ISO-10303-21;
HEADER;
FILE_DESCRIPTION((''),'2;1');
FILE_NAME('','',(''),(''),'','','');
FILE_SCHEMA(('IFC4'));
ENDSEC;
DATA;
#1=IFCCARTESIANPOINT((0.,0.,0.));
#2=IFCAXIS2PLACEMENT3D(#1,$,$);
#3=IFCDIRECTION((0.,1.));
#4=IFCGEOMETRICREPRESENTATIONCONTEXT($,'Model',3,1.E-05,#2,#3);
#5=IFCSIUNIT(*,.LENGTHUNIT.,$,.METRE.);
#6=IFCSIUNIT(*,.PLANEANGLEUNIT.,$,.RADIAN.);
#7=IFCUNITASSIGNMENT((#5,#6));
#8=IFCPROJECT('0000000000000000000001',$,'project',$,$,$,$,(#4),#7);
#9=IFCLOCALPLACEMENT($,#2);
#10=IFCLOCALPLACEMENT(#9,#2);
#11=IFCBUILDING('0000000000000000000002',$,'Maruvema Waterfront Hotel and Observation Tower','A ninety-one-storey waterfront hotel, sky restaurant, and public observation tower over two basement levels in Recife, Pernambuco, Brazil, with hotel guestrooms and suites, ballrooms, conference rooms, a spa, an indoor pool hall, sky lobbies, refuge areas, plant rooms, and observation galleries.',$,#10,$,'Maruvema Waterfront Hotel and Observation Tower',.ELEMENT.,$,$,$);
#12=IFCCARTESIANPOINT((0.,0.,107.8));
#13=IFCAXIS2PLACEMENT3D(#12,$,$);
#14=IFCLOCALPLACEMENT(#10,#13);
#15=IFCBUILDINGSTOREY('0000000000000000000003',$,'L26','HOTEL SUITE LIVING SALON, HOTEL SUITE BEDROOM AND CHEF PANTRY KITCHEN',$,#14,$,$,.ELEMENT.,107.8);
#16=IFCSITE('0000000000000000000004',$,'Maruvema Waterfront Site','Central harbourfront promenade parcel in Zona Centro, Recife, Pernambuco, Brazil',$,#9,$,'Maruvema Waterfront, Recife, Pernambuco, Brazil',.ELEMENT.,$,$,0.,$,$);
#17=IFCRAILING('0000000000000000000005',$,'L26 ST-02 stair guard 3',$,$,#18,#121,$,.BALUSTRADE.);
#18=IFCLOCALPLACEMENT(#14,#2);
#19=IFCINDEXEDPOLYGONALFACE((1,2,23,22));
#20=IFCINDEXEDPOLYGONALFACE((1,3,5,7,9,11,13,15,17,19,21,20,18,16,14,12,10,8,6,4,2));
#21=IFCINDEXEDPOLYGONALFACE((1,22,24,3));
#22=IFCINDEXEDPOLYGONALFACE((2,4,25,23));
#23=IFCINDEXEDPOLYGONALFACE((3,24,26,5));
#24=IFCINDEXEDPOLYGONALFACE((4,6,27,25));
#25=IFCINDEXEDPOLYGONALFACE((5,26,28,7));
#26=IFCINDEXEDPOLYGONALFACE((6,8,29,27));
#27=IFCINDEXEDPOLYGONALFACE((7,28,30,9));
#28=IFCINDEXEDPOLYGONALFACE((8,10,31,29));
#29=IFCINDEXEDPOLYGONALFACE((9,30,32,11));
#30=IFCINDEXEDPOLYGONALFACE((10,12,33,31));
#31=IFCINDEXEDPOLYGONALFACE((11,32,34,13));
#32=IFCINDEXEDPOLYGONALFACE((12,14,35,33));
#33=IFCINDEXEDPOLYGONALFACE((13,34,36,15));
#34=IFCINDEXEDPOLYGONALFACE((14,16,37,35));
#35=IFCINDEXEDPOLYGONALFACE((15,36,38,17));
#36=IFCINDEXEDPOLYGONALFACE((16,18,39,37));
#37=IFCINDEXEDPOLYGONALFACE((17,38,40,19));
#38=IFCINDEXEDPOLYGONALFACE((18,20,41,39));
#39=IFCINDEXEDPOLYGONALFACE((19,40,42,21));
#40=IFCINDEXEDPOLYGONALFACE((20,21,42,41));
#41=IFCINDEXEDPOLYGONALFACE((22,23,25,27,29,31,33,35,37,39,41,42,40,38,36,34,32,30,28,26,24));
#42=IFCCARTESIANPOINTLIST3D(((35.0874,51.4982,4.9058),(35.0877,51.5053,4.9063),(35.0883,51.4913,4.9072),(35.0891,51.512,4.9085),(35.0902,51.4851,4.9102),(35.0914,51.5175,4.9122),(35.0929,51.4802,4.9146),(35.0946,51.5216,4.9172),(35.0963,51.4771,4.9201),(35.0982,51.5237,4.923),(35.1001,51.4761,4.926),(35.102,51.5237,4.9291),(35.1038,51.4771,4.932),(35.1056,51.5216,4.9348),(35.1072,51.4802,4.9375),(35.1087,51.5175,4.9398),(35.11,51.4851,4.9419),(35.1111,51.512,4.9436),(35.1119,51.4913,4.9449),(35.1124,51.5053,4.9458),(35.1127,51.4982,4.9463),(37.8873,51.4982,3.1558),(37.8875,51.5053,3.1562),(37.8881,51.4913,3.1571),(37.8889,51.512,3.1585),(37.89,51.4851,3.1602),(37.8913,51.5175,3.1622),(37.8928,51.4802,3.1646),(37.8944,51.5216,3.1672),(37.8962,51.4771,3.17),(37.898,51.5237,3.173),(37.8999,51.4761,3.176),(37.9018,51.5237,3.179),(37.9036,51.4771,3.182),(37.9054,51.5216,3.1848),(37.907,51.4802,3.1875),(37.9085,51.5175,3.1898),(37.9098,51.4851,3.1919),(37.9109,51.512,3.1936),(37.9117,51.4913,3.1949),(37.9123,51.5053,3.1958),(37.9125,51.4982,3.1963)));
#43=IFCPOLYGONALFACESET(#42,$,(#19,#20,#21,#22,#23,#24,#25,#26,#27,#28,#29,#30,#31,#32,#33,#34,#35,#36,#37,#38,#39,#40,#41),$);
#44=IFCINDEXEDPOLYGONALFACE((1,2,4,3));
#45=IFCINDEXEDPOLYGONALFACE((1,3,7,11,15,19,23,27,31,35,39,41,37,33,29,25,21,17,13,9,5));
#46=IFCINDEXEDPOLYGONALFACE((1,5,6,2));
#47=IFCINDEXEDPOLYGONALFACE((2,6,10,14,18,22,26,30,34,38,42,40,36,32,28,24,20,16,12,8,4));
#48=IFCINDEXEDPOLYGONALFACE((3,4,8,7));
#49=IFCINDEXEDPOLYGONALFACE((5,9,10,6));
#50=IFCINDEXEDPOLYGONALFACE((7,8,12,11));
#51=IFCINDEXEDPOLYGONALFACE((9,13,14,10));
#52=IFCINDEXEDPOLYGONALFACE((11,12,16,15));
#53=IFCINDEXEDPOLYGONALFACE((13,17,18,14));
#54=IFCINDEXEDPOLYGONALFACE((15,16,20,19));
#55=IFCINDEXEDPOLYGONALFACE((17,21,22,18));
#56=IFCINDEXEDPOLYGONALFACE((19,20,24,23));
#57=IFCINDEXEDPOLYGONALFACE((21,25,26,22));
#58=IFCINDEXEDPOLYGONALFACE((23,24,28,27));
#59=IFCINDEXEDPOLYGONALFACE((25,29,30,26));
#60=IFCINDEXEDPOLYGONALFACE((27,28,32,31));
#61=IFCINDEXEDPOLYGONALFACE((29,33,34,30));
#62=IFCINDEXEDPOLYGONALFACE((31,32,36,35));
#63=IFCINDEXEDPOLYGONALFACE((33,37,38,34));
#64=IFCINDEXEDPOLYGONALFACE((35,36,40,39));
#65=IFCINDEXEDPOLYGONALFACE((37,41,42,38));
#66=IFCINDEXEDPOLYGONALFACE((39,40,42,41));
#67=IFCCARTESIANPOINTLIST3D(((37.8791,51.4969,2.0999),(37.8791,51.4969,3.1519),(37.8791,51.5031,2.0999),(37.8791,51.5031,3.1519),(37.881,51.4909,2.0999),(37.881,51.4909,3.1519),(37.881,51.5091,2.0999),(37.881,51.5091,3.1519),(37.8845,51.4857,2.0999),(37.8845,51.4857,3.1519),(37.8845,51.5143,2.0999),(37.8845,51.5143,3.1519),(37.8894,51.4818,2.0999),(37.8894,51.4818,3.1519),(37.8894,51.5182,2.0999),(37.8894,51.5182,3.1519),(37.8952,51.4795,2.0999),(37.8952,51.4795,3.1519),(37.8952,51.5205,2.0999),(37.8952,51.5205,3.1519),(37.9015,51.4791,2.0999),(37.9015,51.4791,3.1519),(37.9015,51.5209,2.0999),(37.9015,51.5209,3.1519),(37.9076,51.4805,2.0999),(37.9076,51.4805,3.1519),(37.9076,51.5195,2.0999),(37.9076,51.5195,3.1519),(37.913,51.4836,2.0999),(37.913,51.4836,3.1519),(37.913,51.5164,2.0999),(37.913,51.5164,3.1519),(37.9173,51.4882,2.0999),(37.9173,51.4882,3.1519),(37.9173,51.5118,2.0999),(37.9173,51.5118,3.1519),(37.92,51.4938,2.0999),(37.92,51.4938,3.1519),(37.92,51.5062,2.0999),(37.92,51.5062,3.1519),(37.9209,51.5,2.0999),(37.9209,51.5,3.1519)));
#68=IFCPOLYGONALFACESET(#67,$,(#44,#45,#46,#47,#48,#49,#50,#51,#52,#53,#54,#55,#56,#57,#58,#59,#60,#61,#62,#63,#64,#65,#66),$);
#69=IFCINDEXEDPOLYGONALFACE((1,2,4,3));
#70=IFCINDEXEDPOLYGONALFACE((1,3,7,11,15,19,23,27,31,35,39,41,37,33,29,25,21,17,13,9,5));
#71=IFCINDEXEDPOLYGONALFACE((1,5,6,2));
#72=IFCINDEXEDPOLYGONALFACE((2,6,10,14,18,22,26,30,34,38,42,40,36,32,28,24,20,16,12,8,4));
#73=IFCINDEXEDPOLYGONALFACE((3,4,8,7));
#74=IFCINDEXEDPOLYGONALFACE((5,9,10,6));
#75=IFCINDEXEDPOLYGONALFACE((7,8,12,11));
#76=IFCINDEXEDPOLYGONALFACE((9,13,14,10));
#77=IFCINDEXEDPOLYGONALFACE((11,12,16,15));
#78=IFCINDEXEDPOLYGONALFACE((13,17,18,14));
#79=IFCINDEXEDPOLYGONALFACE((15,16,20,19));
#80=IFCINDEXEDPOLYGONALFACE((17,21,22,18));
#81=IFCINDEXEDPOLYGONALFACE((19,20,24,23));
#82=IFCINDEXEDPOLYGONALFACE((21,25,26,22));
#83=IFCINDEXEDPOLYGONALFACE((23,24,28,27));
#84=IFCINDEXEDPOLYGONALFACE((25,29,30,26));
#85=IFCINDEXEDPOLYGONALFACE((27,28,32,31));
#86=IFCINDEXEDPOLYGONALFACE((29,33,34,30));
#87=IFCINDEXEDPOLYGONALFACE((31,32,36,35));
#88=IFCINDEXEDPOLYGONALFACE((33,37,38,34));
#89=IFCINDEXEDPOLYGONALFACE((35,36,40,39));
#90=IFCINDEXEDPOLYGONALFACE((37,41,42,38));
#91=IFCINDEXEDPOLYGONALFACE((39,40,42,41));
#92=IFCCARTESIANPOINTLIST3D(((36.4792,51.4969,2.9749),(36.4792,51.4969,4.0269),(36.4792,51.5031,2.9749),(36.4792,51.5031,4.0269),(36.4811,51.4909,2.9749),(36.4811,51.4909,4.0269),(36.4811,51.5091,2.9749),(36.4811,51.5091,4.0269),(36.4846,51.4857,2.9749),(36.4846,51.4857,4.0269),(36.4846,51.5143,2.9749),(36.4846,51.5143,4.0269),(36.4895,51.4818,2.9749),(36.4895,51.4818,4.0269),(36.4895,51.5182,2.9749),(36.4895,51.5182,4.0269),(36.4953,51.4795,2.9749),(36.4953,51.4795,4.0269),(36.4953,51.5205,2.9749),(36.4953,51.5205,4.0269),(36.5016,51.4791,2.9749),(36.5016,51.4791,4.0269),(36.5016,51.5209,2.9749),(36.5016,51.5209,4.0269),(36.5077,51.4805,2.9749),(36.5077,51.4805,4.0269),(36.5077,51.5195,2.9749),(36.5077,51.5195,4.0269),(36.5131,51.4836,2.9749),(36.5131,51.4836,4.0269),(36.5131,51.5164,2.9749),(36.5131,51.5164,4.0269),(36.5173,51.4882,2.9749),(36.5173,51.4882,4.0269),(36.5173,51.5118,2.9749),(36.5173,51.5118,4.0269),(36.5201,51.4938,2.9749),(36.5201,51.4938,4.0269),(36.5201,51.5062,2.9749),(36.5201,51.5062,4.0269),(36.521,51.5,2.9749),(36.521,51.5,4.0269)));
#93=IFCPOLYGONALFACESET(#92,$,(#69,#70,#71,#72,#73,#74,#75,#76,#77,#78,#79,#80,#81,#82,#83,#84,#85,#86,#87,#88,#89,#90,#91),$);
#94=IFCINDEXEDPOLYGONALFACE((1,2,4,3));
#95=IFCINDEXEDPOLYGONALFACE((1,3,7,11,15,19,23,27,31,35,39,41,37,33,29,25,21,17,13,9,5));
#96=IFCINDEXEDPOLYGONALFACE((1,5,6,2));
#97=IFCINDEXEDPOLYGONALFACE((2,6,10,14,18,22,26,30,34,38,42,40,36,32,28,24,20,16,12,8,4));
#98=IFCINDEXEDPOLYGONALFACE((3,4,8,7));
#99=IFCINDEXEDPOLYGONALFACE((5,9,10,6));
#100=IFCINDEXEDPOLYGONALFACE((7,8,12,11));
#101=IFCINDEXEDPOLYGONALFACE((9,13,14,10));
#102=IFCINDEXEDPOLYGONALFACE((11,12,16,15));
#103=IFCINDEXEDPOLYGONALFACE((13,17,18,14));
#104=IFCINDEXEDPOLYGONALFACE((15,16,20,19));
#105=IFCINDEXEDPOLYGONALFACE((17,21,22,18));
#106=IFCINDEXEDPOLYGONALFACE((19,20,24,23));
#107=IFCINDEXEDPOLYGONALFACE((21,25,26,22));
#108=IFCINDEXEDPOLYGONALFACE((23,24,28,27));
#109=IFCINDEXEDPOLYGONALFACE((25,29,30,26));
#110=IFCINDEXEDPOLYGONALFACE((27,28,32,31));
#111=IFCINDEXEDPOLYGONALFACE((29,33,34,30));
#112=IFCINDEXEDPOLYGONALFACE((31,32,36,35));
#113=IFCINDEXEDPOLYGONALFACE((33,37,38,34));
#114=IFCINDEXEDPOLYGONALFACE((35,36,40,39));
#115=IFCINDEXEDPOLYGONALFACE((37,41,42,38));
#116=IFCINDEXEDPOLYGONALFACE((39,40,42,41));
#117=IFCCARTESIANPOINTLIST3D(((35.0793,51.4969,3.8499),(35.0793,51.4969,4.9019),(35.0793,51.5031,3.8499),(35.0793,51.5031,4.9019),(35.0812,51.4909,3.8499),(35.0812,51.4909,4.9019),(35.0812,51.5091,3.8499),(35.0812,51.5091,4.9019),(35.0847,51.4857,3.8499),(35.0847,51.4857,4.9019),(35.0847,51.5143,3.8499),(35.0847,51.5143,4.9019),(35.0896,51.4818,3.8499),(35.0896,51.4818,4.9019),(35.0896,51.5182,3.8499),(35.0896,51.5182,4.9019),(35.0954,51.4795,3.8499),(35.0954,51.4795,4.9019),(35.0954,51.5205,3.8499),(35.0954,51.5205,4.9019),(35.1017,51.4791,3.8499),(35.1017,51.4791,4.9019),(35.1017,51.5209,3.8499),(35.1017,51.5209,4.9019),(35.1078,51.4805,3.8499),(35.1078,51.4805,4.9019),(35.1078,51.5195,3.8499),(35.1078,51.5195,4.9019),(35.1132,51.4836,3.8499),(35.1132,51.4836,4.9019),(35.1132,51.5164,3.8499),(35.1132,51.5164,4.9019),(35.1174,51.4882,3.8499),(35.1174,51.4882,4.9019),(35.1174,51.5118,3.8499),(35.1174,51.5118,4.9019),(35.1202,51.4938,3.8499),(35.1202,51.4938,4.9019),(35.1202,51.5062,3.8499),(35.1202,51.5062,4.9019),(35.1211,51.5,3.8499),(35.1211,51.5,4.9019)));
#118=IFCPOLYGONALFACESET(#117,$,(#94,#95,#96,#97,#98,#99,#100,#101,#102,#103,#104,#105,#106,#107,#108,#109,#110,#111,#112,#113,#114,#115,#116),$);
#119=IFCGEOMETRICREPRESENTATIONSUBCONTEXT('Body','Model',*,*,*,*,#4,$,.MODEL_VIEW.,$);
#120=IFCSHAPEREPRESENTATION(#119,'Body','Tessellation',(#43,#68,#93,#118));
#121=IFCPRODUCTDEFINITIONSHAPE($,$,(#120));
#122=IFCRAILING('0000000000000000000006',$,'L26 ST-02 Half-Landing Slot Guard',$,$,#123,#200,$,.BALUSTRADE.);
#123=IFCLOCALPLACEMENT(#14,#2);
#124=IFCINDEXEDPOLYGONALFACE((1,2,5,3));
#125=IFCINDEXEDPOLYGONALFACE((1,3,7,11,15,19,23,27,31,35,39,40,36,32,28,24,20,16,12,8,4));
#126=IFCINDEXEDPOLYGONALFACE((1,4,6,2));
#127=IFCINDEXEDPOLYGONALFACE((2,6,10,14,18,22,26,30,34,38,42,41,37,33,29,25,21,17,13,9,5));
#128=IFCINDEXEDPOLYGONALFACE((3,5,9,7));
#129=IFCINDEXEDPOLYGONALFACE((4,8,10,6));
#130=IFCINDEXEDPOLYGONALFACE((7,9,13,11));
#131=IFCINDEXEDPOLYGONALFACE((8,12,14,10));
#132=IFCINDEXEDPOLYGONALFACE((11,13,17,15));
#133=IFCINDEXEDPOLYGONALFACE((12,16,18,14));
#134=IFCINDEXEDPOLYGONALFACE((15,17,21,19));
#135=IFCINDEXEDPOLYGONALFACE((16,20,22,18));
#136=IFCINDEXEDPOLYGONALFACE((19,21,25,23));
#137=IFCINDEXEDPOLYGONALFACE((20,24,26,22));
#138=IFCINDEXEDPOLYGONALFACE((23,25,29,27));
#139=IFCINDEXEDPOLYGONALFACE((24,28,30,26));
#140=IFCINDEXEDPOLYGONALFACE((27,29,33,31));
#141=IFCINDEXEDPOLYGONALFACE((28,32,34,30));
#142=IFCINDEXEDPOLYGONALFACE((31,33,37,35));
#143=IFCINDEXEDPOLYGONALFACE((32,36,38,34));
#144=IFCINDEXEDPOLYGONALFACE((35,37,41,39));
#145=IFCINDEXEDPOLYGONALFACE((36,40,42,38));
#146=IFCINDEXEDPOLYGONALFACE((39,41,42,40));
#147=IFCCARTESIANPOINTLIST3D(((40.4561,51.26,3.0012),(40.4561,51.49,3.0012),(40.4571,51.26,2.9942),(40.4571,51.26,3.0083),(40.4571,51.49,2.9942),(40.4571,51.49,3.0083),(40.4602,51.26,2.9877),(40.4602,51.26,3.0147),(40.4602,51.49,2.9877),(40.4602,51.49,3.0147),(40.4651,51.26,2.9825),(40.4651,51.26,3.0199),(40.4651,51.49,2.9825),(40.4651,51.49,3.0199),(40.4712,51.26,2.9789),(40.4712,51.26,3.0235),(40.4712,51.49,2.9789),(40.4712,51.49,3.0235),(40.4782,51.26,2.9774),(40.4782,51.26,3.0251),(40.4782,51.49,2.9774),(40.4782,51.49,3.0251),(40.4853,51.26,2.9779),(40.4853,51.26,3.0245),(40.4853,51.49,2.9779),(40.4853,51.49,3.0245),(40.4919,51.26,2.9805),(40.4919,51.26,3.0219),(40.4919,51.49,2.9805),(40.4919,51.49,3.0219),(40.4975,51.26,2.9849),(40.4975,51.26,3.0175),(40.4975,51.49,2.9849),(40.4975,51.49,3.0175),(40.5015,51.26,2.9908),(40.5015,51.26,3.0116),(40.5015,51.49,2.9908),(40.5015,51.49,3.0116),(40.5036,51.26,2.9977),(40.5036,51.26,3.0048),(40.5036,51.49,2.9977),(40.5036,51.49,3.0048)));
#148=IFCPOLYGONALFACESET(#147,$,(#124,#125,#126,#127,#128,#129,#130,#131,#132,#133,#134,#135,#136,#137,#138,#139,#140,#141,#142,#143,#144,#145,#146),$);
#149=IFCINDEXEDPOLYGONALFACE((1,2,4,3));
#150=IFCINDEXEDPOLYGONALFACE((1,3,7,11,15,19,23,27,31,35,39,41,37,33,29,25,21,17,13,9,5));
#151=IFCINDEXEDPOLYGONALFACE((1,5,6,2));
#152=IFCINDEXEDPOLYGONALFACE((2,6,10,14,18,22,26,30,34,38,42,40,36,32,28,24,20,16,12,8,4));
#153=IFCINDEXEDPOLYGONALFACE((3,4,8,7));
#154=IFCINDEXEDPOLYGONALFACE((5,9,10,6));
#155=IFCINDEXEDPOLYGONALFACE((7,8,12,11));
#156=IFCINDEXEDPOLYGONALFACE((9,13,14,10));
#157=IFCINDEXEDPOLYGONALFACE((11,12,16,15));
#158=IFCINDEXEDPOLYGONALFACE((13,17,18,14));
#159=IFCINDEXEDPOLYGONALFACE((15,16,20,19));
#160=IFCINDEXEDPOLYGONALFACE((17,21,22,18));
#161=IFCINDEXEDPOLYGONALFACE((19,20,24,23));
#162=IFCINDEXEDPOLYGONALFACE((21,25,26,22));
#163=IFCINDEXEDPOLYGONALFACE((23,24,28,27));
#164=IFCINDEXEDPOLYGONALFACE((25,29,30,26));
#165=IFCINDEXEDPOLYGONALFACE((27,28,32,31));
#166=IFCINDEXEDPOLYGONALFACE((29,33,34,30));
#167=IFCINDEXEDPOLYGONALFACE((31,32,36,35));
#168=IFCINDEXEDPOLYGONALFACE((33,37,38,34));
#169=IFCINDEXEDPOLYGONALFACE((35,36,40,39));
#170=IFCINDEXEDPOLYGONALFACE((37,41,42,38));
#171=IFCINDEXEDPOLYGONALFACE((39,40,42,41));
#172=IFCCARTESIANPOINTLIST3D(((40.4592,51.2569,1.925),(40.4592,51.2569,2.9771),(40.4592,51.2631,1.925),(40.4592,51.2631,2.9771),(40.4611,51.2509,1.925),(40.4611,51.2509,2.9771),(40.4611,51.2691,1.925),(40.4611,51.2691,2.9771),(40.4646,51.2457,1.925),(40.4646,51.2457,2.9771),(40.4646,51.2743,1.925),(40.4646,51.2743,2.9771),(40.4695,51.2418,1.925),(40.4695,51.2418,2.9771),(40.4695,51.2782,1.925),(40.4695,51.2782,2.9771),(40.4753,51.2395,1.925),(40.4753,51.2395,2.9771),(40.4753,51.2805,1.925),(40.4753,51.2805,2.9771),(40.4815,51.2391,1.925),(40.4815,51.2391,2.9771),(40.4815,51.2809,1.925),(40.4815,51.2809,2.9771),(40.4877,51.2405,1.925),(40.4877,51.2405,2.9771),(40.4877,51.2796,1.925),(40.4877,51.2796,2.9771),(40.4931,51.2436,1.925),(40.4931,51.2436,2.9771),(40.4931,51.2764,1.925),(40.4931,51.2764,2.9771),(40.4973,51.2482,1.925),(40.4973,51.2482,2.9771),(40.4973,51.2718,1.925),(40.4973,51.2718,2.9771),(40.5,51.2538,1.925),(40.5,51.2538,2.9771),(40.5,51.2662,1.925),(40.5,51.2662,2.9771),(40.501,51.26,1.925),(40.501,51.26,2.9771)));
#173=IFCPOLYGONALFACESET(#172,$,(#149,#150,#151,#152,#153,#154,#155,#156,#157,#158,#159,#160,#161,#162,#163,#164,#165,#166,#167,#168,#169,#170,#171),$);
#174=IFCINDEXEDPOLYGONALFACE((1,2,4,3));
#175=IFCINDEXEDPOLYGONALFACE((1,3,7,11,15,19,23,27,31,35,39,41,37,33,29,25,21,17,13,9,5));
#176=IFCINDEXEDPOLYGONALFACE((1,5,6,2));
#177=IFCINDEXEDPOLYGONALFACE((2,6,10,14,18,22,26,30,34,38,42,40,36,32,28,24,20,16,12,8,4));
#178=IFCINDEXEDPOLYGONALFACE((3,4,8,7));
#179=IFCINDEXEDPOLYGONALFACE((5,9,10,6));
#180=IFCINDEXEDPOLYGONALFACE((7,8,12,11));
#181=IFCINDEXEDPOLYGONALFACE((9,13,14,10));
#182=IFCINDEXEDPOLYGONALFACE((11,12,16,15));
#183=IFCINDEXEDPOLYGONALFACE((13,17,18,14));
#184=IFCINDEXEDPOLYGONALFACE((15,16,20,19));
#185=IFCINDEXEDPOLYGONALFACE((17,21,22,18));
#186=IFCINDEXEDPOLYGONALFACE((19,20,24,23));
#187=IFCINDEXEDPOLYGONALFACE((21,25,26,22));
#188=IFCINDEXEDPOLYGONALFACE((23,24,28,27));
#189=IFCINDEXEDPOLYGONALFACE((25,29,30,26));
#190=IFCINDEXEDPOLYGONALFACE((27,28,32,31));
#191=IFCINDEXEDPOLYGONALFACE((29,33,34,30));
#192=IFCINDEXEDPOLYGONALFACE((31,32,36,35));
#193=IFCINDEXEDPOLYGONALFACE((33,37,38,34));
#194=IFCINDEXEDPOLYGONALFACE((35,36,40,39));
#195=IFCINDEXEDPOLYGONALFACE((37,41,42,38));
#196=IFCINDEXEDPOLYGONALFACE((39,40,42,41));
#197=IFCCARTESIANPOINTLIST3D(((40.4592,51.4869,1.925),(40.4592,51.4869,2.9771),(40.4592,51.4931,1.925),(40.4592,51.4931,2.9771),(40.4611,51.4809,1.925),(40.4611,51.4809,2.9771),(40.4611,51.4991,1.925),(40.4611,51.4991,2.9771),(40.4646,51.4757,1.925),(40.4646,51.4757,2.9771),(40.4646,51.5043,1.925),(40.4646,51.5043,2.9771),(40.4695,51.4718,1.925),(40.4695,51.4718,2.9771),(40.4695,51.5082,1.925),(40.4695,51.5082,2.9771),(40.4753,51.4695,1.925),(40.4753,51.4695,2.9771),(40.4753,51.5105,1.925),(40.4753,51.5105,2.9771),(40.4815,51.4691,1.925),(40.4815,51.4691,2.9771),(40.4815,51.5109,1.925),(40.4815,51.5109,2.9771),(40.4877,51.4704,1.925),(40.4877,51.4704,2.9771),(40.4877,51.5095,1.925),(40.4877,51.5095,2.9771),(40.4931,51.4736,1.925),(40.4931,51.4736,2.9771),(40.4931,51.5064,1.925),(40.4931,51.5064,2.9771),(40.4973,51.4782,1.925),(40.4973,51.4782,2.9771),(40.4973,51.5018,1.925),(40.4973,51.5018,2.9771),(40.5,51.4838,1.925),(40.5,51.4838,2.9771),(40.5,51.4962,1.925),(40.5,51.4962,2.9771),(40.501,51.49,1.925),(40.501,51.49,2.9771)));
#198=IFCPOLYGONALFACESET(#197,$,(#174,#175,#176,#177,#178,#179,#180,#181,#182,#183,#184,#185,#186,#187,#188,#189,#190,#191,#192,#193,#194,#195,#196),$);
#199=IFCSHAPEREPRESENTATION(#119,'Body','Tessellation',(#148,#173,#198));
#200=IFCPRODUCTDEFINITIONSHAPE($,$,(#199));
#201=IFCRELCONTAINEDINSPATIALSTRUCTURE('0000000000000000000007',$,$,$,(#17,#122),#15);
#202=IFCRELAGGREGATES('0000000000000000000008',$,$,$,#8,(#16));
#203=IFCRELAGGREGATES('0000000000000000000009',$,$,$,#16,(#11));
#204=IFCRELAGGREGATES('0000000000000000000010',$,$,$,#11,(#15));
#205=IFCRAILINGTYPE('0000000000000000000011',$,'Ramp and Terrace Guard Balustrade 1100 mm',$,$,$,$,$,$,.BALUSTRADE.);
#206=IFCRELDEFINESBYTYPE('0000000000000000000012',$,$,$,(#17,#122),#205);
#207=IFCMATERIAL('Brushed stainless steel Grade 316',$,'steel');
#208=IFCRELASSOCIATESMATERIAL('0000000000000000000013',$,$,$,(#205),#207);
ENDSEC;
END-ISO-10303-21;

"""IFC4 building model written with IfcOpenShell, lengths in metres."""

from ifc_helpers import new_model, si_unit, direction, frame, origin, origin_2d, place, context, subcontext, project, spatial, circle, extrude, material, type_object, element, save


model = new_model("IFC4")

# Units and contexts
model_context = context("Model", 3, precision=1e-05, world=origin(), true_north=direction((0.0, 1.0)))
body_context = subcontext(model_context, "Body", "Model", "MODEL_VIEW")
ifc_project = project(units=[si_unit("LENGTHUNIT", "METRE"), si_unit("PLANEANGLEUNIT", "RADIAN")], contexts=[model_context])

# Site, building, storey
site_placement = place(None, origin())
site = spatial("IfcSite", under=ifc_project, at=site_placement, Name="Maruvema Waterfront Site", Description="Central harbourfront promenade parcel in Zona Centro, Recife, Pernambuco, Brazil", LongName="Maruvema Waterfront, Recife, Pernambuco, Brazil", CompositionType="ELEMENT", RefElevation=0.0)
building_placement = place(site_placement, origin())
building = spatial("IfcBuilding", under=site, at=building_placement, Name="Maruvema Waterfront Hotel and Observation Tower", Description="A ninety-one-storey waterfront hotel, sky restaurant, and public observation tower over two basement levels in Recife, Pernambuco, Brazil, with hotel guestrooms and suites, ballrooms, conference rooms, a spa, an indoor pool hall, sky lobbies, refuge areas, plant rooms, and observation galleries.", LongName="Maruvema Waterfront Hotel and Observation Tower", CompositionType="ELEMENT")
storey_placement = place(building_placement, frame((0.0, 0.0, 107.8)))
storey = spatial("IfcBuildingStorey", under=building, at=storey_placement, Name="L26", Description="HOTEL SUITE LIVING SALON, HOTEL SUITE BEDROOM AND CHEF PANTRY KITCHEN", CompositionType="ELEMENT", Elevation=107.8)

# Railings
ifc_material_1 = material(Name="Brushed stainless steel Grade 316", Category="steel")
railing_type_1 = type_object("IfcRailingType", Name="Ramp and Terrace Guard Balustrade 1100 mm", PredefinedType="BALUSTRADE", material=ifc_material_1)
railing_1_placement = place(storey_placement, frame((37.8999, 51.5, 2.0999)))
element("IfcRailing", 1, at=railing_1_placement, inside=storey, type_object=railing_type_1, Name="L26 ST-02 stair guard 3", PredefinedType="BALUSTRADE", context=body_context, shape_type="SweptSolid", body=[
    extrude(circle(Radius=0.0239, at=origin_2d()), frame((0.0, 0.0, 1.0762), z_axis=(-0.847982, 0.0, 0.530026), x_axis=(0.0, -1.0, 0.0)), (0.0, 0.0, 1.0), 3.3018),
    extrude(circle(Radius=0.021, at=origin_2d()), origin(), (0.0, 0.0, 1.0), 1.052),
    extrude(circle(Radius=0.021, at=origin_2d()), frame((-1.3999, 0.0, 0.875)), (0.0, 0.0, 1.0), 1.052),
    extrude(circle(Radius=0.021, at=origin_2d()), frame((-2.7998, 0.0, 1.75)), (0.0, 0.0, 1.0), 1.052),
])
railing_2_placement = place(storey_placement, frame((40.48, 51.26, 1.925)))
element("IfcRailing", 2, at=railing_2_placement, inside=storey, type_object=railing_type_1, Name="L26 ST-02 Half-Landing Slot Guard", PredefinedType="BALUSTRADE", context=body_context, shape_type="SweptSolid", body=[
    extrude(circle(Radius=0.0239, at=origin_2d()), frame((0.0, 0.0, 1.0762), z_axis=(0.0, 1.0, 0.0), x_axis=(-1.0, 0.0, 0.0)), (0.0, 0.0, 1.0), 0.23),
    extrude(circle(Radius=0.021, at=origin_2d()), origin(), (0.0, 0.0, 1.0), 1.052),
    extrude(circle(Radius=0.021, at=origin_2d()), frame((0.0, 0.23, 0.0)), (0.0, 0.0, 1.0), 1.052),
])

save(model, "model.ifc")
